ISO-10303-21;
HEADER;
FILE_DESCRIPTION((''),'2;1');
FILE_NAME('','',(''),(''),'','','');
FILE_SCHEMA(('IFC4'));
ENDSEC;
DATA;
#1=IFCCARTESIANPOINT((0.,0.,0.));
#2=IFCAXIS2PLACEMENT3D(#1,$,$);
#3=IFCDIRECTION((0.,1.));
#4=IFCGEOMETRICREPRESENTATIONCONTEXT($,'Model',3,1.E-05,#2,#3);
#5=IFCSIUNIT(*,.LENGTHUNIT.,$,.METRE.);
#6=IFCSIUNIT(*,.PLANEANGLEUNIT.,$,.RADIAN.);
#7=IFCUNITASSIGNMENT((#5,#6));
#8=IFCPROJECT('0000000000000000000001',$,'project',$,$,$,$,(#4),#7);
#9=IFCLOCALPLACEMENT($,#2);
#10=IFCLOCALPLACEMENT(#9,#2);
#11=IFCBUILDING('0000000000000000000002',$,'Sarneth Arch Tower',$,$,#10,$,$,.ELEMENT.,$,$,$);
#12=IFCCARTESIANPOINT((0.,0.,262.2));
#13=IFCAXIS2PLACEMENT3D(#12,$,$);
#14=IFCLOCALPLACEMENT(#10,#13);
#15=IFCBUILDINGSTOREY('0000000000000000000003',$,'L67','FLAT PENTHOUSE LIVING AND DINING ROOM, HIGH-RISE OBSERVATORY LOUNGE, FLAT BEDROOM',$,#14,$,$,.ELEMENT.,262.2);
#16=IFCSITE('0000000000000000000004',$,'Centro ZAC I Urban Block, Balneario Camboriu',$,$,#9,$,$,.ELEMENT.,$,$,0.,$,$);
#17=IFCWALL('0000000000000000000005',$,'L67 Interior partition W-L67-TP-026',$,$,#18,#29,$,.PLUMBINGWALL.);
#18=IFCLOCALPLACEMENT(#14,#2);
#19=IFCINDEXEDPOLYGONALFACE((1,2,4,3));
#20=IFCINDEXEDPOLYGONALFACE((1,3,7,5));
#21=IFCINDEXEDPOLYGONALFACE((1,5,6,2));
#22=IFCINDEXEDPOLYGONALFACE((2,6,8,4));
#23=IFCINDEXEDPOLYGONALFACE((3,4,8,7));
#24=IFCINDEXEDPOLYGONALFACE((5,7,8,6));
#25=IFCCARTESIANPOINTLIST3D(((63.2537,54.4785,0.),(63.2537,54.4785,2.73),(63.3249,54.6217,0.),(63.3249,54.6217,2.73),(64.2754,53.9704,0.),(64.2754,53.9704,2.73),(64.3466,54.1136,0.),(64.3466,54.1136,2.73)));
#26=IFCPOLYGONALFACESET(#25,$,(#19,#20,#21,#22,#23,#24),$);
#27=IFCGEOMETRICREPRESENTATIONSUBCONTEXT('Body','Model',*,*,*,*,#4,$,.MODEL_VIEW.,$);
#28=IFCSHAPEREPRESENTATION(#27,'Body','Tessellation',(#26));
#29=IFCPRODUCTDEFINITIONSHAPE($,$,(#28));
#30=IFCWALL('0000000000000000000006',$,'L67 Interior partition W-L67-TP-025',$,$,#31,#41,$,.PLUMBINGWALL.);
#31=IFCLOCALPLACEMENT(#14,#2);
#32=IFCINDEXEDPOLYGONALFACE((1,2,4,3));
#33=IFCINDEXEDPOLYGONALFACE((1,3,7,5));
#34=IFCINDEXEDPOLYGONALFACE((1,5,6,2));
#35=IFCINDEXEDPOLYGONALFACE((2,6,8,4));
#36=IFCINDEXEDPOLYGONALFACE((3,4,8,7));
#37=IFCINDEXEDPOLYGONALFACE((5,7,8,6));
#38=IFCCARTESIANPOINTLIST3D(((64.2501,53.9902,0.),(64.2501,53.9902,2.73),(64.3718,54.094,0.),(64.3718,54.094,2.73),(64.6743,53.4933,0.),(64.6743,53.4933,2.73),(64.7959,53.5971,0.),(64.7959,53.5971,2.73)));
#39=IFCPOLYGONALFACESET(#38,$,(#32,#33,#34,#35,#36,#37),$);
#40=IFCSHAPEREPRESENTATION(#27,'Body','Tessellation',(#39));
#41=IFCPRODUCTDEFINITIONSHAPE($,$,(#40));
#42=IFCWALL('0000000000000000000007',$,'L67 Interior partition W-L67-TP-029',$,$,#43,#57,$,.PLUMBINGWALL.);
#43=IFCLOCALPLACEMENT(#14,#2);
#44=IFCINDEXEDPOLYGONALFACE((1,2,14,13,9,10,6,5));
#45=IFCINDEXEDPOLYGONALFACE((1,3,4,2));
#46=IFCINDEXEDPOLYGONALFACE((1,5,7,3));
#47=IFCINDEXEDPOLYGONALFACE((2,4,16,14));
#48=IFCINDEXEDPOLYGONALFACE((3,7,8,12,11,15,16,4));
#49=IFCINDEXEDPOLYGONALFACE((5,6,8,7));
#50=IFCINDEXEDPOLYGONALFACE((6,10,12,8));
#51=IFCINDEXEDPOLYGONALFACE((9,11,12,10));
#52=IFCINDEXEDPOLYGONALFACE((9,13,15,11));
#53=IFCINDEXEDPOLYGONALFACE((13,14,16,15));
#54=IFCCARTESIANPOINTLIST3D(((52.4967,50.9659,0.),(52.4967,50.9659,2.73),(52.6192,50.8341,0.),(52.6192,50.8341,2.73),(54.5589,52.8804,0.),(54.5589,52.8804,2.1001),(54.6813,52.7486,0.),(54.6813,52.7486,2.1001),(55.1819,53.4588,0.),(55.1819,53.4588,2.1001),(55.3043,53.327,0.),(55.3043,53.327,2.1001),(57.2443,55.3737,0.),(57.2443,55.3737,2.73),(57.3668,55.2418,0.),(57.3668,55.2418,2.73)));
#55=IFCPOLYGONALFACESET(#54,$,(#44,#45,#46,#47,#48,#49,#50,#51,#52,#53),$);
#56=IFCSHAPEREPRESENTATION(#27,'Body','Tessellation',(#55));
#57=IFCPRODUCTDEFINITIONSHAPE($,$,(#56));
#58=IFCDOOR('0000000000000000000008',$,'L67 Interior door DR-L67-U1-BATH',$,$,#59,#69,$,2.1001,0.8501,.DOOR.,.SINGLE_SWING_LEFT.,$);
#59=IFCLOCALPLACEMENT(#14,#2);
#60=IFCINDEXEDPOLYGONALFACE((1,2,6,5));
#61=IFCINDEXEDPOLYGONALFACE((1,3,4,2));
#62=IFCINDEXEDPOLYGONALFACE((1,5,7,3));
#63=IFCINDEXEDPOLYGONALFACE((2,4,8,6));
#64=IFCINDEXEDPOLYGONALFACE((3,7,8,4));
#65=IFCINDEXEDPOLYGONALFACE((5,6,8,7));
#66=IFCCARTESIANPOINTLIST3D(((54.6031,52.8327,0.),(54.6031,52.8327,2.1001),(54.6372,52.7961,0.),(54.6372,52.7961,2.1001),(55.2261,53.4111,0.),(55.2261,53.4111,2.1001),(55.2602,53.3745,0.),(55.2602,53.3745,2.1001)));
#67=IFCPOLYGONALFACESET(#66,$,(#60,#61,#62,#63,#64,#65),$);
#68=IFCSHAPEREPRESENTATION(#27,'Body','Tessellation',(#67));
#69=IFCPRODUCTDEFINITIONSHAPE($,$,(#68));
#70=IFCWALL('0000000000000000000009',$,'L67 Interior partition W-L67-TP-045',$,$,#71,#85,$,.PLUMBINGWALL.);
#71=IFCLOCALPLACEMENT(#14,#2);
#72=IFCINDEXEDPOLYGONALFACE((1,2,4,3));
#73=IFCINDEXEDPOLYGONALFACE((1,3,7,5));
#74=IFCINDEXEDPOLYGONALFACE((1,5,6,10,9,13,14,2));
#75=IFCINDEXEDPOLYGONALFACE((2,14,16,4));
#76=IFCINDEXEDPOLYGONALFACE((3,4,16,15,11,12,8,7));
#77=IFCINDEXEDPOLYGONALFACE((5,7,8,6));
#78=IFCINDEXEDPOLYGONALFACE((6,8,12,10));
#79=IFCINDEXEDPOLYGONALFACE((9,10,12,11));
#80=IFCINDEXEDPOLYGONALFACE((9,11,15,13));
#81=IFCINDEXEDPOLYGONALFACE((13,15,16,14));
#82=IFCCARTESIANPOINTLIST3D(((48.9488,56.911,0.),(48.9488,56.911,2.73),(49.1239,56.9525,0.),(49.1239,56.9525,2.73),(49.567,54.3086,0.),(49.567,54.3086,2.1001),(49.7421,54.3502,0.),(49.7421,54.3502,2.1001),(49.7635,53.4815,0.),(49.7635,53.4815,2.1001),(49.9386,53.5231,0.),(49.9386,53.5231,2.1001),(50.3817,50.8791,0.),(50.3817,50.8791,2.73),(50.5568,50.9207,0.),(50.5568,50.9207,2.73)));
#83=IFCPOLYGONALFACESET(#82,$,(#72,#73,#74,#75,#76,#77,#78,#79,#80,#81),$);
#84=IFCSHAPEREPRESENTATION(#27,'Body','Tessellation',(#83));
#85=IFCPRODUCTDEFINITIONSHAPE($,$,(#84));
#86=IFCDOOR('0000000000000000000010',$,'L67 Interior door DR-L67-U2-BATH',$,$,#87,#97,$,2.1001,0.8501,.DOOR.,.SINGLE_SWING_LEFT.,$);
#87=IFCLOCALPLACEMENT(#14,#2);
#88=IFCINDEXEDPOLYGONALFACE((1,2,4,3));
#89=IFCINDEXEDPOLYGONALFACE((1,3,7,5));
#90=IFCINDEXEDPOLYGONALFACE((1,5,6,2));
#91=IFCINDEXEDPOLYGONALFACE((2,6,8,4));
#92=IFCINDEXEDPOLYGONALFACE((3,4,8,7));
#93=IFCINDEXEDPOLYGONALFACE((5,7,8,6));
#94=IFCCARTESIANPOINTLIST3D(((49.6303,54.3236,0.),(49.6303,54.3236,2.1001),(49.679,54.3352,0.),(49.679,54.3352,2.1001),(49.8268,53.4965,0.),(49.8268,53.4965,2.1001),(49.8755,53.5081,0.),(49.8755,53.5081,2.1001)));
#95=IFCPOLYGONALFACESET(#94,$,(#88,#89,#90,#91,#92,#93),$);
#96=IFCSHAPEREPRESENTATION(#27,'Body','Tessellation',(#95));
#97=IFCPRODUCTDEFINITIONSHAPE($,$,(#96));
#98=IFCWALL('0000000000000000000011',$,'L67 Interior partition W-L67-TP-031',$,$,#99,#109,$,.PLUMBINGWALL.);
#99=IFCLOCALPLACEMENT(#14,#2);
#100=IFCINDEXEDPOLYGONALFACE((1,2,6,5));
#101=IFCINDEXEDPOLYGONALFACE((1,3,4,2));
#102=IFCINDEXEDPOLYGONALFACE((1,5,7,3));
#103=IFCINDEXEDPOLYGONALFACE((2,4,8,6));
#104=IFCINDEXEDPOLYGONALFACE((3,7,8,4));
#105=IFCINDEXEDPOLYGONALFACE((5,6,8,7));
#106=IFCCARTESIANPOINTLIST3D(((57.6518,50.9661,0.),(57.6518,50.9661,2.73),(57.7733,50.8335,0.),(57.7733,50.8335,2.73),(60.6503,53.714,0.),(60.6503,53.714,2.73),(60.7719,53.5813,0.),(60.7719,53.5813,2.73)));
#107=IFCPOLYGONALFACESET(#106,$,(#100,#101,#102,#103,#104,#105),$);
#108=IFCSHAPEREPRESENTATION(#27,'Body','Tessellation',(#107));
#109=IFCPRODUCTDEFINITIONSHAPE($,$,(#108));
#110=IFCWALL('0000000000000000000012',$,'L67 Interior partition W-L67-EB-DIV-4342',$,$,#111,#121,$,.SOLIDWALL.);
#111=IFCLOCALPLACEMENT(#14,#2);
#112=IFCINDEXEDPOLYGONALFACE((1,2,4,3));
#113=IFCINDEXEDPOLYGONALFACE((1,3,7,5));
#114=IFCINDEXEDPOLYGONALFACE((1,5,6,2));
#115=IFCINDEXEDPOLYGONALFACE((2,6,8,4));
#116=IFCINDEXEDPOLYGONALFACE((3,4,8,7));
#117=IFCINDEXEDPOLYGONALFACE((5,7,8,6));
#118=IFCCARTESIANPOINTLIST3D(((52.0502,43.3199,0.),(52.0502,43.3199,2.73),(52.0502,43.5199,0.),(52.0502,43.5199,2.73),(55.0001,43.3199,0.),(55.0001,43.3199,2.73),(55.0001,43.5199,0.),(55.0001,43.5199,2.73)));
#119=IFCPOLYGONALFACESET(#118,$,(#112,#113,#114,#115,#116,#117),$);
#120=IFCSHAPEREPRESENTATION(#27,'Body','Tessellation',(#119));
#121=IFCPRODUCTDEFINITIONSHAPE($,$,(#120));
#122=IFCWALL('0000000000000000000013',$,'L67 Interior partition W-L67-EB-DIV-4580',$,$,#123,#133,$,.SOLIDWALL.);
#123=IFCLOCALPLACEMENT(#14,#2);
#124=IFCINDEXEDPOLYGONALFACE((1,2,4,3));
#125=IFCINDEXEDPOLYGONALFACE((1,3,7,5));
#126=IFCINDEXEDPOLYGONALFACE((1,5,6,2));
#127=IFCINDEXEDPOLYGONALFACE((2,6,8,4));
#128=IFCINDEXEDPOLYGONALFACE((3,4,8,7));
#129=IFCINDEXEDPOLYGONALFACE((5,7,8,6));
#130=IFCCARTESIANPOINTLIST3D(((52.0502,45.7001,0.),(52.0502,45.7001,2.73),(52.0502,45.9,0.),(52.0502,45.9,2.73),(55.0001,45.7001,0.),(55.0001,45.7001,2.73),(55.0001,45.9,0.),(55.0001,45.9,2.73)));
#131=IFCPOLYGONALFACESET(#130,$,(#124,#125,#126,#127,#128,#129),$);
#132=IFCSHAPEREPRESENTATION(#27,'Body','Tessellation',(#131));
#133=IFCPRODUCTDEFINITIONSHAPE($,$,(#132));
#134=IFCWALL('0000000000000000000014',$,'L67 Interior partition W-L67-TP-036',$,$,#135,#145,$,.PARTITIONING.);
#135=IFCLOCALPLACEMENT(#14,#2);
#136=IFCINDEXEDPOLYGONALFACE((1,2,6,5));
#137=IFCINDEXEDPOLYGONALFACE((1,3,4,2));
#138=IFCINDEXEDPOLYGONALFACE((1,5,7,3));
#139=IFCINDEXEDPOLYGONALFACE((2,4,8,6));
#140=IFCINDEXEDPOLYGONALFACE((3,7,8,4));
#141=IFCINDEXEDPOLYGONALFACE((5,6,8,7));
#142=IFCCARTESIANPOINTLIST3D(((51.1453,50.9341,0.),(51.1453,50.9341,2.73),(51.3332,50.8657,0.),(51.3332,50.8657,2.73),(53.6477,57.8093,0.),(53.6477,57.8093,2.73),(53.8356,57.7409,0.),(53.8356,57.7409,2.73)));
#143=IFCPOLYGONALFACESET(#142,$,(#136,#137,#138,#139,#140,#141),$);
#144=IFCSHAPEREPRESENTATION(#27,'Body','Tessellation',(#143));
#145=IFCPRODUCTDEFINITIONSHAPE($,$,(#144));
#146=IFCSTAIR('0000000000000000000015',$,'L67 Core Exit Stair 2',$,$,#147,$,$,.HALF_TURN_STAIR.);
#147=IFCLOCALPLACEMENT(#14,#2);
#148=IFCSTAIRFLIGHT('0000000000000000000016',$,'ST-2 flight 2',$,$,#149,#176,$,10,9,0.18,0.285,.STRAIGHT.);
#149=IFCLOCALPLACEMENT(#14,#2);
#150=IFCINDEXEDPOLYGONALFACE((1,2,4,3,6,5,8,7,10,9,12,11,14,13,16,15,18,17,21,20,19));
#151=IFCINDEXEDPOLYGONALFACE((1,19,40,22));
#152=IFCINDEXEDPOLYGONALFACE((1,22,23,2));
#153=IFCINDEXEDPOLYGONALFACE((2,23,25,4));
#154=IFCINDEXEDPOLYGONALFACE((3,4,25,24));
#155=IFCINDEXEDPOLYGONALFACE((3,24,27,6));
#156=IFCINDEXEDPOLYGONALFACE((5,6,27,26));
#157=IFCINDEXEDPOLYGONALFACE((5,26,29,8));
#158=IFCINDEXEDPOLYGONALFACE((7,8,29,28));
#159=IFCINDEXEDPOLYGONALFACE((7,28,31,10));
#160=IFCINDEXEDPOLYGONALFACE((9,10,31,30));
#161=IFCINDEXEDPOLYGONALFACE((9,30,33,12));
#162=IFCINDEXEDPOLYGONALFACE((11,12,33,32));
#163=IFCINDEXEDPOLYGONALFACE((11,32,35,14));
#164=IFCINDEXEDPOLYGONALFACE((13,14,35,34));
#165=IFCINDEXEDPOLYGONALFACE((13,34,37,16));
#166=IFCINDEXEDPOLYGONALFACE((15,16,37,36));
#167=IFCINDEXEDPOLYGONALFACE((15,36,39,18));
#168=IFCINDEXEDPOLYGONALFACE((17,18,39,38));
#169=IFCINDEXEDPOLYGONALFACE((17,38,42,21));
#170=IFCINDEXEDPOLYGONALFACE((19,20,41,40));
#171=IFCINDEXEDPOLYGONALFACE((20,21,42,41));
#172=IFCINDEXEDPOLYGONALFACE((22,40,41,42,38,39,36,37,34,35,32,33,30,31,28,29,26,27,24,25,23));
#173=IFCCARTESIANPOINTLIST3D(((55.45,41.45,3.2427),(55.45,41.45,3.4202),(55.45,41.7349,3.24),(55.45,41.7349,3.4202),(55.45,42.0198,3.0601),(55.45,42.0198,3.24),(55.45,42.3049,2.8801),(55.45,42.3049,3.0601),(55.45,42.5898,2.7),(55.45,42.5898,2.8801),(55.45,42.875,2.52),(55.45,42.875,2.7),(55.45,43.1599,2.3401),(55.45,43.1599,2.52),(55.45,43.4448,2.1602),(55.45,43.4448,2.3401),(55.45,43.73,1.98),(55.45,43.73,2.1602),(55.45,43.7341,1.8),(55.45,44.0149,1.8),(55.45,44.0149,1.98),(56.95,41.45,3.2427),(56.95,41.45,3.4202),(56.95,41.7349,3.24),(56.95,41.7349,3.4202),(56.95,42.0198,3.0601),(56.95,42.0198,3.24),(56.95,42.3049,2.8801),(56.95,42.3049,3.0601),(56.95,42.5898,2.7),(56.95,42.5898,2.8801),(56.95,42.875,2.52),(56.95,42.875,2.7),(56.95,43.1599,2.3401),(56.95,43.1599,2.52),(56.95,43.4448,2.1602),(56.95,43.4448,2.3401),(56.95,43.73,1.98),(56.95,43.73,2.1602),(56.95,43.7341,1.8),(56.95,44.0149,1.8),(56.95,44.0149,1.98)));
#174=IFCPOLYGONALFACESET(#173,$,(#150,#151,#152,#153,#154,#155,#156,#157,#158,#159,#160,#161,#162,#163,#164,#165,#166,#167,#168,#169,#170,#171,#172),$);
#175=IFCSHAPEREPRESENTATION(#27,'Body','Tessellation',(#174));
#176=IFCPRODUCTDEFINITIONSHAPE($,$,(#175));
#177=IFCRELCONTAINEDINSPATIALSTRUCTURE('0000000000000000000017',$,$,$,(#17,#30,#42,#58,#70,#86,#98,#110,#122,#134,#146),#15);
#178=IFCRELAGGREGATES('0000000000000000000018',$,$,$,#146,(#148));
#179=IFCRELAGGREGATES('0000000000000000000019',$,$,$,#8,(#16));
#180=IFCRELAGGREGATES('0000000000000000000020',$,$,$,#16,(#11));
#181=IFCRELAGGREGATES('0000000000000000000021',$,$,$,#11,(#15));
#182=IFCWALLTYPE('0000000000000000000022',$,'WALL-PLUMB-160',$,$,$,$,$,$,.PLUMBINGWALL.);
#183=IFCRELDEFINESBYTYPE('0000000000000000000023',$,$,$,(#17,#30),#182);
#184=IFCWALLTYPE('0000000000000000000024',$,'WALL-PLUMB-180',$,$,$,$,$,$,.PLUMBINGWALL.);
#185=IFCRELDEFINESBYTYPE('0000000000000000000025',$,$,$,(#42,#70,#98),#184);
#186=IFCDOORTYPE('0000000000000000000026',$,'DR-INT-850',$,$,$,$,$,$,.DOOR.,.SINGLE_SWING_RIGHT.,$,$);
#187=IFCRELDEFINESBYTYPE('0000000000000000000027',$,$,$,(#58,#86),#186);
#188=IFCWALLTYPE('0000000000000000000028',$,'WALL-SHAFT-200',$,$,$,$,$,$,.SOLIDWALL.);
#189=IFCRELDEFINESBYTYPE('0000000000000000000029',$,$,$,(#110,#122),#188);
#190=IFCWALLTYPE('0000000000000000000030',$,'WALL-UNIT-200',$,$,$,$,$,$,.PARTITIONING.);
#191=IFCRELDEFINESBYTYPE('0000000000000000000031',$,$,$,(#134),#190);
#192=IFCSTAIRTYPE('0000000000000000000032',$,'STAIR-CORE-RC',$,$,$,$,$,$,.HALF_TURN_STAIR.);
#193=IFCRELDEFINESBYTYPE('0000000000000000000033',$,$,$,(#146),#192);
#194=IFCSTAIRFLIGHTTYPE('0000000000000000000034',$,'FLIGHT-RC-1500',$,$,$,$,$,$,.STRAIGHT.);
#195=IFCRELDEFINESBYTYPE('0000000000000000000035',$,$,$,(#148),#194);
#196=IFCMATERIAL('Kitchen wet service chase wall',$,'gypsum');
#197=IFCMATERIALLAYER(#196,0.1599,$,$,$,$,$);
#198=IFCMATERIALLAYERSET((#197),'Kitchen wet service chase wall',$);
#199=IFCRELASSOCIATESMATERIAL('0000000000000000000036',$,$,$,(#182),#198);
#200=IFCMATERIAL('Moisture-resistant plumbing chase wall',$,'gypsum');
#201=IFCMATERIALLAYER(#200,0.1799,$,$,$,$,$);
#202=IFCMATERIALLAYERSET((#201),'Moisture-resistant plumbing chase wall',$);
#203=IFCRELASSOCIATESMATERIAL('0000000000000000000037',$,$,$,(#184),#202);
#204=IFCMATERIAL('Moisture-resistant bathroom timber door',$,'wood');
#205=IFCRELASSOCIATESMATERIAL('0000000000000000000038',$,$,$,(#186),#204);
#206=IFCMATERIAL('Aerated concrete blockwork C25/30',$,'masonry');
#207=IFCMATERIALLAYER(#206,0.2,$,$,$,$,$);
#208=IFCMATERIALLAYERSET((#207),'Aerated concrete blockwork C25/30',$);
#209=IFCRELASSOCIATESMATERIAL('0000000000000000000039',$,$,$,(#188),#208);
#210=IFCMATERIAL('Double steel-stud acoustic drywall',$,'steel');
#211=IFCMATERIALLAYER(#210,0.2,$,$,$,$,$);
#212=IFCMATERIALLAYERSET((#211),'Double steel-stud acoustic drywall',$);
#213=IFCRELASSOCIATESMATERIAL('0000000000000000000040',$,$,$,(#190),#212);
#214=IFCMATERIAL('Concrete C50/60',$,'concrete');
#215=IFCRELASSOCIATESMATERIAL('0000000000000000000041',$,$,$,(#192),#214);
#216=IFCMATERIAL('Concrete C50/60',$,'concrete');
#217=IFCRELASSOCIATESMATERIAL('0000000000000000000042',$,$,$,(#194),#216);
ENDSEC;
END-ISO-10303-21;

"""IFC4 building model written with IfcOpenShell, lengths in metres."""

from ifc_helpers import new_model, si_unit, direction, frame, frame_2d, origin, place, context, subcontext, project, spatial, polyline, rectangle, outline, extrude, material, layer, layer_set, type_object, element, fill, aggregate, save


model = new_model("IFC4")

# Units and contexts
model_context = context("Model", 3, precision=1e-05, world=origin(), true_north=direction((0.0, 1.0)))
body_context = subcontext(model_context, "Body", "Model", "MODEL_VIEW")
ifc_project = project(units=[si_unit("LENGTHUNIT", "METRE"), si_unit("PLANEANGLEUNIT", "RADIAN")], contexts=[model_context])

# Site, building, storey
site_placement = place(None, origin())
site = spatial("IfcSite", under=ifc_project, at=site_placement, Name="Centro ZAC I Urban Block, Balneario Camboriu", CompositionType="ELEMENT", RefElevation=0.0)
building_placement = place(site_placement, origin())
building = spatial("IfcBuilding", under=site, at=building_placement, Name="Sarneth Arch Tower", CompositionType="ELEMENT")
storey_placement = place(building_placement, frame((0.0, 0.0, 262.2)))
storey = spatial("IfcBuildingStorey", under=building, at=storey_placement, Name="L67", Description="FLAT PENTHOUSE LIVING AND DINING ROOM, HIGH-RISE OBSERVATORY LOUNGE, FLAT BEDROOM", CompositionType="ELEMENT", Elevation=262.2)

# Walls
ifc_material_1 = material(Name="Kitchen wet service chase wall", Category="gypsum")
ifc_layer_1 = layer(ifc_material_1, 0.1599)
ifc_layer_set_1 = layer_set([ifc_layer_1], Name="Kitchen wet service chase wall")
wall_type_1 = type_object("IfcWallType", Name="WALL-PLUMB-160", PredefinedType="PLUMBINGWALL", material=ifc_layer_set_1)
wall_1_placement = place(storey_placement, frame((64.311, 54.042, 0.0), z_axis=(0.0, 0.0, 1.0), x_axis=(-0.895409, 0.445244, 0.0)))
element("IfcWall", 1, at=wall_1_placement, inside=storey, type_object=wall_type_1, Name="L67 Interior partition W-L67-TP-026", PredefinedType="PLUMBINGWALL", context=body_context, shape_type="SweptSolid", body=[
    extrude(rectangle(XDim=1.1411, YDim=0.1599, at=frame_2d((0.5706, 0.0))), origin(), (0.0, 0.0, 1.0), 2.73),
])
wall_2_placement = place(storey_placement, frame((64.7351, 53.5452, 0.0), z_axis=(0.0, 0.0, 1.0), x_axis=(-0.64922, 0.760601, 0.0)))
element("IfcWall", 2, at=wall_2_placement, inside=storey, type_object=wall_type_1, Name="L67 Interior partition W-L67-TP-025", PredefinedType="PLUMBINGWALL", context=body_context, shape_type="SweptSolid", body=[
    extrude(rectangle(XDim=0.6533, YDim=0.1599, at=frame_2d((0.3267, 0.0))), origin(), (0.0, 0.0, 1.0), 2.73),
])

# Walls, openings, doors
ifc_material_2 = material(Name="Moisture-resistant plumbing chase wall", Category="gypsum")
ifc_layer_2 = layer(ifc_material_2, 0.1799)
ifc_layer_set_2 = layer_set([ifc_layer_2], Name="Moisture-resistant plumbing chase wall")
wall_type_2 = type_object("IfcWallType", Name="WALL-PLUMB-180", PredefinedType="PLUMBINGWALL", material=ifc_layer_set_2)
wall_3_placement = place(storey_placement, frame((52.5579, 50.8999, 0.0), z_axis=(0.0, 0.0, 1.0), x_axis=(0.73285, 0.68039, 0.0)))
wall_3 = element("IfcWall", 3, at=wall_3_placement, inside=storey, type_object=wall_type_2, Name="L67 Interior partition W-L67-TP-029", PredefinedType="PLUMBINGWALL", context=body_context, shape_type="SweptSolid", body=[
    extrude(rectangle(XDim=6.4783, YDim=0.1799, at=frame_2d((3.2393, 0.0))), origin(), (0.0, 0.0, 1.0), 2.73),
])
opening_1_placement = place(wall_3_placement, frame((2.814, 0.0, 0.0)))
opening_1 = element("IfcOpeningElement", 4, at=opening_1_placement, cuts=wall_3, PredefinedType="OPENING", context=body_context, shape_type="SweptSolid", body=[
    extrude(rectangle(XDim=0.8501, YDim=2.1001, at=frame_2d((0.425, 1.05))), frame((0.0, 0.0999, 0.0), z_axis=(0.0, -1.0, 0.0), x_axis=(1.0, 0.0, 0.0)), (0.0, 0.0, 1.0), 0.2),
])
ifc_material_3 = material(Name="Moisture-resistant bathroom timber door", Category="wood")
door_type_1 = type_object("IfcDoorType", Name="DR-INT-850", OperationType="SINGLE_SWING_RIGHT", PredefinedType="DOOR", material=ifc_material_3)
door_1_placement = place(opening_1_placement, origin())
door_1 = element("IfcDoor", 5, at=door_1_placement, inside=storey, type_object=door_type_1, Name="L67 Interior door DR-L67-U1-BATH", OperationType="SINGLE_SWING_LEFT", OverallHeight=2.1001, OverallWidth=0.8501, PredefinedType="DOOR", context=body_context, shape_type="SweptSolid", body=[
    extrude(rectangle(XDim=0.8501, YDim=2.1001, at=frame_2d((0.425, 1.05))), frame((0.0, 0.0249, 0.0), z_axis=(0.0, -1.0, 0.0), x_axis=(1.0, 0.0, 0.0)), (0.0, 0.0, 1.0), 0.05),
])
fill(opening_1, door_1)
wall_4_placement = place(storey_placement, frame((50.4692, 50.8999, 0.0), z_axis=(0.0, 0.0, 1.0), x_axis=(-0.231122, 0.972925, 0.0)))
wall_4 = element("IfcWall", 6, at=wall_4_placement, inside=storey, type_object=wall_type_2, Name="L67 Interior partition W-L67-TP-045", PredefinedType="PLUMBINGWALL", context=body_context, shape_type="SweptSolid", body=[
    extrude(rectangle(XDim=6.1997, YDim=0.1799, at=frame_2d((3.0999, 0.0))), origin(), (0.0, 0.0, 1.0), 2.73),
])
opening_2_placement = place(wall_4_placement, frame((2.6748, 0.0, 0.0)))
opening_2 = element("IfcOpeningElement", 7, at=opening_2_placement, cuts=wall_4, PredefinedType="OPENING", context=body_context, shape_type="SweptSolid", body=[
    extrude(rectangle(XDim=0.8501, YDim=2.1001, at=frame_2d((0.425, 1.05))), frame((0.0, 0.0999, 0.0), z_axis=(0.0, -1.0, 0.0), x_axis=(1.0, 0.0, 0.0)), (0.0, 0.0, 1.0), 0.2),
])
door_2_placement = place(opening_2_placement, origin())
door_2 = element("IfcDoor", 8, at=door_2_placement, inside=storey, type_object=door_type_1, Name="L67 Interior door DR-L67-U2-BATH", OperationType="SINGLE_SWING_LEFT", OverallHeight=2.1001, OverallWidth=0.8501, PredefinedType="DOOR", context=body_context, shape_type="SweptSolid", body=[
    extrude(rectangle(XDim=0.8501, YDim=2.1001, at=frame_2d((0.425, 1.05))), frame((0.0, 0.0249, 0.0), z_axis=(0.0, -1.0, 0.0), x_axis=(1.0, 0.0, 0.0)), (0.0, 0.0, 1.0), 0.05),
])
fill(opening_2, door_2)

# Walls
wall_5_placement = place(storey_placement, frame((60.7112, 53.6477, 0.0), z_axis=(0.0, 0.0, 1.0), x_axis=(-0.737259, -0.67561, 0.0)))
element("IfcWall", 9, at=wall_5_placement, inside=storey, type_object=wall_type_2, Name="L67 Interior partition W-L67-TP-031", PredefinedType="PLUMBINGWALL", context=body_context, shape_type="SweptSolid", body=[
    extrude(rectangle(XDim=4.0671, YDim=0.1799, at=frame_2d((2.0337, 0.0))), origin(), (0.0, 0.0, 1.0), 2.73),
])
ifc_material_4 = material(Name="Aerated concrete blockwork C25/30", Category="masonry")
ifc_layer_3 = layer(ifc_material_4, 0.2)
ifc_layer_set_3 = layer_set([ifc_layer_3], Name="Aerated concrete blockwork C25/30")
wall_type_3 = type_object("IfcWallType", Name="WALL-SHAFT-200", PredefinedType="SOLIDWALL", material=ifc_layer_set_3)
for number, where, z_axis, x_axis, name in (
    (10, (52.05, 43.4199, 0.0), (0.0, 0.0, 1.0), (1.0, 0.0, 0.0), "L67 Interior partition W-L67-EB-DIV-4342"),
    (11, (52.05, 45.8, 0.0), (0.0, 0.0, 1.0), (1.0, 0.0, 0.0), "L67 Interior partition W-L67-EB-DIV-4580"),
):
    element("IfcWall", number, at=place(storey_placement, frame(where, z_axis=z_axis, x_axis=x_axis)), inside=storey, type_object=wall_type_3, Name=name, PredefinedType="SOLIDWALL", context=body_context, shape_type="SweptSolid", body=[
        extrude(rectangle(XDim=2.95, YDim=0.2, at=frame_2d((1.4751, 0.0))), origin(), (0.0, 0.0, 1.0), 2.73),
    ])
ifc_material_5 = material(Name="Double steel-stud acoustic drywall", Category="steel")
ifc_layer_4 = layer(ifc_material_5, 0.2)
ifc_layer_set_4 = layer_set([ifc_layer_4], Name="Double steel-stud acoustic drywall")
wall_type_4 = type_object("IfcWallType", Name="WALL-UNIT-200", PredefinedType="PARTITIONING", material=ifc_layer_set_4)
wall_6_placement = place(storey_placement, frame((51.2393, 50.8999, 0.0), z_axis=(0.0, 0.0, 1.0), x_axis=(0.342027, 0.93969, 0.0)))
element("IfcWall", 12, at=wall_6_placement, inside=storey, type_object=wall_type_4, Name="L67 Interior partition W-L67-TP-036", PredefinedType="PARTITIONING", context=body_context, shape_type="SweptSolid", body=[
    extrude(rectangle(XDim=7.3164, YDim=0.2, at=frame_2d((3.6582, 0.0))), origin(), (0.0, 0.0, 1.0), 2.73),
])

# Stair, stair flight
ifc_material_6 = material(Name="Concrete C50/60", Category="concrete")
stair_type = type_object("IfcStairType", Name="STAIR-CORE-RC", PredefinedType="HALF_TURN_STAIR", material=ifc_material_6)
stair_placement = place(storey_placement, origin())
stair = element("IfcStair", 13, at=stair_placement, inside=storey, type_object=stair_type, Name="L67 Core Exit Stair 2", PredefinedType="HALF_TURN_STAIR")
ifc_material_7 = material(Name="Concrete C50/60", Category="concrete")
stair_flight_type = type_object("IfcStairFlightType", Name="FLIGHT-RC-1500", PredefinedType="STRAIGHT", material=ifc_material_7)
stair_flight_placement = place(storey_placement, frame((56.2, 44.0149, 1.8), z_axis=(0.0, 0.0, 1.0), x_axis=(0.0, -1.0, 0.0)))
stair_flight = element("IfcStairFlight", 14, at=stair_flight_placement, type_object=stair_flight_type, Name="ST-2 flight 2", NumberOfRisers=10, NumberOfTreads=9, PredefinedType="STRAIGHT", RiserHeight=0.18, TreadLength=0.285, context=body_context, shape_type="SweptSolid", body=[
    extrude(outline(polyline([(0.0, 0.0), (0.0, 0.1799), (0.2849, 0.1799), (0.2849, 0.3601), (0.5701, 0.3601), (0.5701, 0.54), (0.855, 0.54), (0.855, 0.72), (1.1399, 0.72), (1.1399, 0.8999), (1.425, 0.8999), (1.425, 1.0801), (1.71, 1.0801), (1.71, 1.26), (1.9951, 1.26), (1.9951, 1.4399), (2.28, 1.4399), (2.28, 1.6201), (2.5649, 1.6201), (2.5649, 1.8), (2.5649, 1.4426), (0.2808, 0.0), (0.0, 0.0)])), frame((0.0, 0.75, 0.0), z_axis=(0.0, -1.0, 0.0), x_axis=(1.0, 0.0, 0.0)), (0.0, 0.0, 1.0), 1.5),
])
aggregate(stair, [stair_flight])

save(model, "model.ifc")
